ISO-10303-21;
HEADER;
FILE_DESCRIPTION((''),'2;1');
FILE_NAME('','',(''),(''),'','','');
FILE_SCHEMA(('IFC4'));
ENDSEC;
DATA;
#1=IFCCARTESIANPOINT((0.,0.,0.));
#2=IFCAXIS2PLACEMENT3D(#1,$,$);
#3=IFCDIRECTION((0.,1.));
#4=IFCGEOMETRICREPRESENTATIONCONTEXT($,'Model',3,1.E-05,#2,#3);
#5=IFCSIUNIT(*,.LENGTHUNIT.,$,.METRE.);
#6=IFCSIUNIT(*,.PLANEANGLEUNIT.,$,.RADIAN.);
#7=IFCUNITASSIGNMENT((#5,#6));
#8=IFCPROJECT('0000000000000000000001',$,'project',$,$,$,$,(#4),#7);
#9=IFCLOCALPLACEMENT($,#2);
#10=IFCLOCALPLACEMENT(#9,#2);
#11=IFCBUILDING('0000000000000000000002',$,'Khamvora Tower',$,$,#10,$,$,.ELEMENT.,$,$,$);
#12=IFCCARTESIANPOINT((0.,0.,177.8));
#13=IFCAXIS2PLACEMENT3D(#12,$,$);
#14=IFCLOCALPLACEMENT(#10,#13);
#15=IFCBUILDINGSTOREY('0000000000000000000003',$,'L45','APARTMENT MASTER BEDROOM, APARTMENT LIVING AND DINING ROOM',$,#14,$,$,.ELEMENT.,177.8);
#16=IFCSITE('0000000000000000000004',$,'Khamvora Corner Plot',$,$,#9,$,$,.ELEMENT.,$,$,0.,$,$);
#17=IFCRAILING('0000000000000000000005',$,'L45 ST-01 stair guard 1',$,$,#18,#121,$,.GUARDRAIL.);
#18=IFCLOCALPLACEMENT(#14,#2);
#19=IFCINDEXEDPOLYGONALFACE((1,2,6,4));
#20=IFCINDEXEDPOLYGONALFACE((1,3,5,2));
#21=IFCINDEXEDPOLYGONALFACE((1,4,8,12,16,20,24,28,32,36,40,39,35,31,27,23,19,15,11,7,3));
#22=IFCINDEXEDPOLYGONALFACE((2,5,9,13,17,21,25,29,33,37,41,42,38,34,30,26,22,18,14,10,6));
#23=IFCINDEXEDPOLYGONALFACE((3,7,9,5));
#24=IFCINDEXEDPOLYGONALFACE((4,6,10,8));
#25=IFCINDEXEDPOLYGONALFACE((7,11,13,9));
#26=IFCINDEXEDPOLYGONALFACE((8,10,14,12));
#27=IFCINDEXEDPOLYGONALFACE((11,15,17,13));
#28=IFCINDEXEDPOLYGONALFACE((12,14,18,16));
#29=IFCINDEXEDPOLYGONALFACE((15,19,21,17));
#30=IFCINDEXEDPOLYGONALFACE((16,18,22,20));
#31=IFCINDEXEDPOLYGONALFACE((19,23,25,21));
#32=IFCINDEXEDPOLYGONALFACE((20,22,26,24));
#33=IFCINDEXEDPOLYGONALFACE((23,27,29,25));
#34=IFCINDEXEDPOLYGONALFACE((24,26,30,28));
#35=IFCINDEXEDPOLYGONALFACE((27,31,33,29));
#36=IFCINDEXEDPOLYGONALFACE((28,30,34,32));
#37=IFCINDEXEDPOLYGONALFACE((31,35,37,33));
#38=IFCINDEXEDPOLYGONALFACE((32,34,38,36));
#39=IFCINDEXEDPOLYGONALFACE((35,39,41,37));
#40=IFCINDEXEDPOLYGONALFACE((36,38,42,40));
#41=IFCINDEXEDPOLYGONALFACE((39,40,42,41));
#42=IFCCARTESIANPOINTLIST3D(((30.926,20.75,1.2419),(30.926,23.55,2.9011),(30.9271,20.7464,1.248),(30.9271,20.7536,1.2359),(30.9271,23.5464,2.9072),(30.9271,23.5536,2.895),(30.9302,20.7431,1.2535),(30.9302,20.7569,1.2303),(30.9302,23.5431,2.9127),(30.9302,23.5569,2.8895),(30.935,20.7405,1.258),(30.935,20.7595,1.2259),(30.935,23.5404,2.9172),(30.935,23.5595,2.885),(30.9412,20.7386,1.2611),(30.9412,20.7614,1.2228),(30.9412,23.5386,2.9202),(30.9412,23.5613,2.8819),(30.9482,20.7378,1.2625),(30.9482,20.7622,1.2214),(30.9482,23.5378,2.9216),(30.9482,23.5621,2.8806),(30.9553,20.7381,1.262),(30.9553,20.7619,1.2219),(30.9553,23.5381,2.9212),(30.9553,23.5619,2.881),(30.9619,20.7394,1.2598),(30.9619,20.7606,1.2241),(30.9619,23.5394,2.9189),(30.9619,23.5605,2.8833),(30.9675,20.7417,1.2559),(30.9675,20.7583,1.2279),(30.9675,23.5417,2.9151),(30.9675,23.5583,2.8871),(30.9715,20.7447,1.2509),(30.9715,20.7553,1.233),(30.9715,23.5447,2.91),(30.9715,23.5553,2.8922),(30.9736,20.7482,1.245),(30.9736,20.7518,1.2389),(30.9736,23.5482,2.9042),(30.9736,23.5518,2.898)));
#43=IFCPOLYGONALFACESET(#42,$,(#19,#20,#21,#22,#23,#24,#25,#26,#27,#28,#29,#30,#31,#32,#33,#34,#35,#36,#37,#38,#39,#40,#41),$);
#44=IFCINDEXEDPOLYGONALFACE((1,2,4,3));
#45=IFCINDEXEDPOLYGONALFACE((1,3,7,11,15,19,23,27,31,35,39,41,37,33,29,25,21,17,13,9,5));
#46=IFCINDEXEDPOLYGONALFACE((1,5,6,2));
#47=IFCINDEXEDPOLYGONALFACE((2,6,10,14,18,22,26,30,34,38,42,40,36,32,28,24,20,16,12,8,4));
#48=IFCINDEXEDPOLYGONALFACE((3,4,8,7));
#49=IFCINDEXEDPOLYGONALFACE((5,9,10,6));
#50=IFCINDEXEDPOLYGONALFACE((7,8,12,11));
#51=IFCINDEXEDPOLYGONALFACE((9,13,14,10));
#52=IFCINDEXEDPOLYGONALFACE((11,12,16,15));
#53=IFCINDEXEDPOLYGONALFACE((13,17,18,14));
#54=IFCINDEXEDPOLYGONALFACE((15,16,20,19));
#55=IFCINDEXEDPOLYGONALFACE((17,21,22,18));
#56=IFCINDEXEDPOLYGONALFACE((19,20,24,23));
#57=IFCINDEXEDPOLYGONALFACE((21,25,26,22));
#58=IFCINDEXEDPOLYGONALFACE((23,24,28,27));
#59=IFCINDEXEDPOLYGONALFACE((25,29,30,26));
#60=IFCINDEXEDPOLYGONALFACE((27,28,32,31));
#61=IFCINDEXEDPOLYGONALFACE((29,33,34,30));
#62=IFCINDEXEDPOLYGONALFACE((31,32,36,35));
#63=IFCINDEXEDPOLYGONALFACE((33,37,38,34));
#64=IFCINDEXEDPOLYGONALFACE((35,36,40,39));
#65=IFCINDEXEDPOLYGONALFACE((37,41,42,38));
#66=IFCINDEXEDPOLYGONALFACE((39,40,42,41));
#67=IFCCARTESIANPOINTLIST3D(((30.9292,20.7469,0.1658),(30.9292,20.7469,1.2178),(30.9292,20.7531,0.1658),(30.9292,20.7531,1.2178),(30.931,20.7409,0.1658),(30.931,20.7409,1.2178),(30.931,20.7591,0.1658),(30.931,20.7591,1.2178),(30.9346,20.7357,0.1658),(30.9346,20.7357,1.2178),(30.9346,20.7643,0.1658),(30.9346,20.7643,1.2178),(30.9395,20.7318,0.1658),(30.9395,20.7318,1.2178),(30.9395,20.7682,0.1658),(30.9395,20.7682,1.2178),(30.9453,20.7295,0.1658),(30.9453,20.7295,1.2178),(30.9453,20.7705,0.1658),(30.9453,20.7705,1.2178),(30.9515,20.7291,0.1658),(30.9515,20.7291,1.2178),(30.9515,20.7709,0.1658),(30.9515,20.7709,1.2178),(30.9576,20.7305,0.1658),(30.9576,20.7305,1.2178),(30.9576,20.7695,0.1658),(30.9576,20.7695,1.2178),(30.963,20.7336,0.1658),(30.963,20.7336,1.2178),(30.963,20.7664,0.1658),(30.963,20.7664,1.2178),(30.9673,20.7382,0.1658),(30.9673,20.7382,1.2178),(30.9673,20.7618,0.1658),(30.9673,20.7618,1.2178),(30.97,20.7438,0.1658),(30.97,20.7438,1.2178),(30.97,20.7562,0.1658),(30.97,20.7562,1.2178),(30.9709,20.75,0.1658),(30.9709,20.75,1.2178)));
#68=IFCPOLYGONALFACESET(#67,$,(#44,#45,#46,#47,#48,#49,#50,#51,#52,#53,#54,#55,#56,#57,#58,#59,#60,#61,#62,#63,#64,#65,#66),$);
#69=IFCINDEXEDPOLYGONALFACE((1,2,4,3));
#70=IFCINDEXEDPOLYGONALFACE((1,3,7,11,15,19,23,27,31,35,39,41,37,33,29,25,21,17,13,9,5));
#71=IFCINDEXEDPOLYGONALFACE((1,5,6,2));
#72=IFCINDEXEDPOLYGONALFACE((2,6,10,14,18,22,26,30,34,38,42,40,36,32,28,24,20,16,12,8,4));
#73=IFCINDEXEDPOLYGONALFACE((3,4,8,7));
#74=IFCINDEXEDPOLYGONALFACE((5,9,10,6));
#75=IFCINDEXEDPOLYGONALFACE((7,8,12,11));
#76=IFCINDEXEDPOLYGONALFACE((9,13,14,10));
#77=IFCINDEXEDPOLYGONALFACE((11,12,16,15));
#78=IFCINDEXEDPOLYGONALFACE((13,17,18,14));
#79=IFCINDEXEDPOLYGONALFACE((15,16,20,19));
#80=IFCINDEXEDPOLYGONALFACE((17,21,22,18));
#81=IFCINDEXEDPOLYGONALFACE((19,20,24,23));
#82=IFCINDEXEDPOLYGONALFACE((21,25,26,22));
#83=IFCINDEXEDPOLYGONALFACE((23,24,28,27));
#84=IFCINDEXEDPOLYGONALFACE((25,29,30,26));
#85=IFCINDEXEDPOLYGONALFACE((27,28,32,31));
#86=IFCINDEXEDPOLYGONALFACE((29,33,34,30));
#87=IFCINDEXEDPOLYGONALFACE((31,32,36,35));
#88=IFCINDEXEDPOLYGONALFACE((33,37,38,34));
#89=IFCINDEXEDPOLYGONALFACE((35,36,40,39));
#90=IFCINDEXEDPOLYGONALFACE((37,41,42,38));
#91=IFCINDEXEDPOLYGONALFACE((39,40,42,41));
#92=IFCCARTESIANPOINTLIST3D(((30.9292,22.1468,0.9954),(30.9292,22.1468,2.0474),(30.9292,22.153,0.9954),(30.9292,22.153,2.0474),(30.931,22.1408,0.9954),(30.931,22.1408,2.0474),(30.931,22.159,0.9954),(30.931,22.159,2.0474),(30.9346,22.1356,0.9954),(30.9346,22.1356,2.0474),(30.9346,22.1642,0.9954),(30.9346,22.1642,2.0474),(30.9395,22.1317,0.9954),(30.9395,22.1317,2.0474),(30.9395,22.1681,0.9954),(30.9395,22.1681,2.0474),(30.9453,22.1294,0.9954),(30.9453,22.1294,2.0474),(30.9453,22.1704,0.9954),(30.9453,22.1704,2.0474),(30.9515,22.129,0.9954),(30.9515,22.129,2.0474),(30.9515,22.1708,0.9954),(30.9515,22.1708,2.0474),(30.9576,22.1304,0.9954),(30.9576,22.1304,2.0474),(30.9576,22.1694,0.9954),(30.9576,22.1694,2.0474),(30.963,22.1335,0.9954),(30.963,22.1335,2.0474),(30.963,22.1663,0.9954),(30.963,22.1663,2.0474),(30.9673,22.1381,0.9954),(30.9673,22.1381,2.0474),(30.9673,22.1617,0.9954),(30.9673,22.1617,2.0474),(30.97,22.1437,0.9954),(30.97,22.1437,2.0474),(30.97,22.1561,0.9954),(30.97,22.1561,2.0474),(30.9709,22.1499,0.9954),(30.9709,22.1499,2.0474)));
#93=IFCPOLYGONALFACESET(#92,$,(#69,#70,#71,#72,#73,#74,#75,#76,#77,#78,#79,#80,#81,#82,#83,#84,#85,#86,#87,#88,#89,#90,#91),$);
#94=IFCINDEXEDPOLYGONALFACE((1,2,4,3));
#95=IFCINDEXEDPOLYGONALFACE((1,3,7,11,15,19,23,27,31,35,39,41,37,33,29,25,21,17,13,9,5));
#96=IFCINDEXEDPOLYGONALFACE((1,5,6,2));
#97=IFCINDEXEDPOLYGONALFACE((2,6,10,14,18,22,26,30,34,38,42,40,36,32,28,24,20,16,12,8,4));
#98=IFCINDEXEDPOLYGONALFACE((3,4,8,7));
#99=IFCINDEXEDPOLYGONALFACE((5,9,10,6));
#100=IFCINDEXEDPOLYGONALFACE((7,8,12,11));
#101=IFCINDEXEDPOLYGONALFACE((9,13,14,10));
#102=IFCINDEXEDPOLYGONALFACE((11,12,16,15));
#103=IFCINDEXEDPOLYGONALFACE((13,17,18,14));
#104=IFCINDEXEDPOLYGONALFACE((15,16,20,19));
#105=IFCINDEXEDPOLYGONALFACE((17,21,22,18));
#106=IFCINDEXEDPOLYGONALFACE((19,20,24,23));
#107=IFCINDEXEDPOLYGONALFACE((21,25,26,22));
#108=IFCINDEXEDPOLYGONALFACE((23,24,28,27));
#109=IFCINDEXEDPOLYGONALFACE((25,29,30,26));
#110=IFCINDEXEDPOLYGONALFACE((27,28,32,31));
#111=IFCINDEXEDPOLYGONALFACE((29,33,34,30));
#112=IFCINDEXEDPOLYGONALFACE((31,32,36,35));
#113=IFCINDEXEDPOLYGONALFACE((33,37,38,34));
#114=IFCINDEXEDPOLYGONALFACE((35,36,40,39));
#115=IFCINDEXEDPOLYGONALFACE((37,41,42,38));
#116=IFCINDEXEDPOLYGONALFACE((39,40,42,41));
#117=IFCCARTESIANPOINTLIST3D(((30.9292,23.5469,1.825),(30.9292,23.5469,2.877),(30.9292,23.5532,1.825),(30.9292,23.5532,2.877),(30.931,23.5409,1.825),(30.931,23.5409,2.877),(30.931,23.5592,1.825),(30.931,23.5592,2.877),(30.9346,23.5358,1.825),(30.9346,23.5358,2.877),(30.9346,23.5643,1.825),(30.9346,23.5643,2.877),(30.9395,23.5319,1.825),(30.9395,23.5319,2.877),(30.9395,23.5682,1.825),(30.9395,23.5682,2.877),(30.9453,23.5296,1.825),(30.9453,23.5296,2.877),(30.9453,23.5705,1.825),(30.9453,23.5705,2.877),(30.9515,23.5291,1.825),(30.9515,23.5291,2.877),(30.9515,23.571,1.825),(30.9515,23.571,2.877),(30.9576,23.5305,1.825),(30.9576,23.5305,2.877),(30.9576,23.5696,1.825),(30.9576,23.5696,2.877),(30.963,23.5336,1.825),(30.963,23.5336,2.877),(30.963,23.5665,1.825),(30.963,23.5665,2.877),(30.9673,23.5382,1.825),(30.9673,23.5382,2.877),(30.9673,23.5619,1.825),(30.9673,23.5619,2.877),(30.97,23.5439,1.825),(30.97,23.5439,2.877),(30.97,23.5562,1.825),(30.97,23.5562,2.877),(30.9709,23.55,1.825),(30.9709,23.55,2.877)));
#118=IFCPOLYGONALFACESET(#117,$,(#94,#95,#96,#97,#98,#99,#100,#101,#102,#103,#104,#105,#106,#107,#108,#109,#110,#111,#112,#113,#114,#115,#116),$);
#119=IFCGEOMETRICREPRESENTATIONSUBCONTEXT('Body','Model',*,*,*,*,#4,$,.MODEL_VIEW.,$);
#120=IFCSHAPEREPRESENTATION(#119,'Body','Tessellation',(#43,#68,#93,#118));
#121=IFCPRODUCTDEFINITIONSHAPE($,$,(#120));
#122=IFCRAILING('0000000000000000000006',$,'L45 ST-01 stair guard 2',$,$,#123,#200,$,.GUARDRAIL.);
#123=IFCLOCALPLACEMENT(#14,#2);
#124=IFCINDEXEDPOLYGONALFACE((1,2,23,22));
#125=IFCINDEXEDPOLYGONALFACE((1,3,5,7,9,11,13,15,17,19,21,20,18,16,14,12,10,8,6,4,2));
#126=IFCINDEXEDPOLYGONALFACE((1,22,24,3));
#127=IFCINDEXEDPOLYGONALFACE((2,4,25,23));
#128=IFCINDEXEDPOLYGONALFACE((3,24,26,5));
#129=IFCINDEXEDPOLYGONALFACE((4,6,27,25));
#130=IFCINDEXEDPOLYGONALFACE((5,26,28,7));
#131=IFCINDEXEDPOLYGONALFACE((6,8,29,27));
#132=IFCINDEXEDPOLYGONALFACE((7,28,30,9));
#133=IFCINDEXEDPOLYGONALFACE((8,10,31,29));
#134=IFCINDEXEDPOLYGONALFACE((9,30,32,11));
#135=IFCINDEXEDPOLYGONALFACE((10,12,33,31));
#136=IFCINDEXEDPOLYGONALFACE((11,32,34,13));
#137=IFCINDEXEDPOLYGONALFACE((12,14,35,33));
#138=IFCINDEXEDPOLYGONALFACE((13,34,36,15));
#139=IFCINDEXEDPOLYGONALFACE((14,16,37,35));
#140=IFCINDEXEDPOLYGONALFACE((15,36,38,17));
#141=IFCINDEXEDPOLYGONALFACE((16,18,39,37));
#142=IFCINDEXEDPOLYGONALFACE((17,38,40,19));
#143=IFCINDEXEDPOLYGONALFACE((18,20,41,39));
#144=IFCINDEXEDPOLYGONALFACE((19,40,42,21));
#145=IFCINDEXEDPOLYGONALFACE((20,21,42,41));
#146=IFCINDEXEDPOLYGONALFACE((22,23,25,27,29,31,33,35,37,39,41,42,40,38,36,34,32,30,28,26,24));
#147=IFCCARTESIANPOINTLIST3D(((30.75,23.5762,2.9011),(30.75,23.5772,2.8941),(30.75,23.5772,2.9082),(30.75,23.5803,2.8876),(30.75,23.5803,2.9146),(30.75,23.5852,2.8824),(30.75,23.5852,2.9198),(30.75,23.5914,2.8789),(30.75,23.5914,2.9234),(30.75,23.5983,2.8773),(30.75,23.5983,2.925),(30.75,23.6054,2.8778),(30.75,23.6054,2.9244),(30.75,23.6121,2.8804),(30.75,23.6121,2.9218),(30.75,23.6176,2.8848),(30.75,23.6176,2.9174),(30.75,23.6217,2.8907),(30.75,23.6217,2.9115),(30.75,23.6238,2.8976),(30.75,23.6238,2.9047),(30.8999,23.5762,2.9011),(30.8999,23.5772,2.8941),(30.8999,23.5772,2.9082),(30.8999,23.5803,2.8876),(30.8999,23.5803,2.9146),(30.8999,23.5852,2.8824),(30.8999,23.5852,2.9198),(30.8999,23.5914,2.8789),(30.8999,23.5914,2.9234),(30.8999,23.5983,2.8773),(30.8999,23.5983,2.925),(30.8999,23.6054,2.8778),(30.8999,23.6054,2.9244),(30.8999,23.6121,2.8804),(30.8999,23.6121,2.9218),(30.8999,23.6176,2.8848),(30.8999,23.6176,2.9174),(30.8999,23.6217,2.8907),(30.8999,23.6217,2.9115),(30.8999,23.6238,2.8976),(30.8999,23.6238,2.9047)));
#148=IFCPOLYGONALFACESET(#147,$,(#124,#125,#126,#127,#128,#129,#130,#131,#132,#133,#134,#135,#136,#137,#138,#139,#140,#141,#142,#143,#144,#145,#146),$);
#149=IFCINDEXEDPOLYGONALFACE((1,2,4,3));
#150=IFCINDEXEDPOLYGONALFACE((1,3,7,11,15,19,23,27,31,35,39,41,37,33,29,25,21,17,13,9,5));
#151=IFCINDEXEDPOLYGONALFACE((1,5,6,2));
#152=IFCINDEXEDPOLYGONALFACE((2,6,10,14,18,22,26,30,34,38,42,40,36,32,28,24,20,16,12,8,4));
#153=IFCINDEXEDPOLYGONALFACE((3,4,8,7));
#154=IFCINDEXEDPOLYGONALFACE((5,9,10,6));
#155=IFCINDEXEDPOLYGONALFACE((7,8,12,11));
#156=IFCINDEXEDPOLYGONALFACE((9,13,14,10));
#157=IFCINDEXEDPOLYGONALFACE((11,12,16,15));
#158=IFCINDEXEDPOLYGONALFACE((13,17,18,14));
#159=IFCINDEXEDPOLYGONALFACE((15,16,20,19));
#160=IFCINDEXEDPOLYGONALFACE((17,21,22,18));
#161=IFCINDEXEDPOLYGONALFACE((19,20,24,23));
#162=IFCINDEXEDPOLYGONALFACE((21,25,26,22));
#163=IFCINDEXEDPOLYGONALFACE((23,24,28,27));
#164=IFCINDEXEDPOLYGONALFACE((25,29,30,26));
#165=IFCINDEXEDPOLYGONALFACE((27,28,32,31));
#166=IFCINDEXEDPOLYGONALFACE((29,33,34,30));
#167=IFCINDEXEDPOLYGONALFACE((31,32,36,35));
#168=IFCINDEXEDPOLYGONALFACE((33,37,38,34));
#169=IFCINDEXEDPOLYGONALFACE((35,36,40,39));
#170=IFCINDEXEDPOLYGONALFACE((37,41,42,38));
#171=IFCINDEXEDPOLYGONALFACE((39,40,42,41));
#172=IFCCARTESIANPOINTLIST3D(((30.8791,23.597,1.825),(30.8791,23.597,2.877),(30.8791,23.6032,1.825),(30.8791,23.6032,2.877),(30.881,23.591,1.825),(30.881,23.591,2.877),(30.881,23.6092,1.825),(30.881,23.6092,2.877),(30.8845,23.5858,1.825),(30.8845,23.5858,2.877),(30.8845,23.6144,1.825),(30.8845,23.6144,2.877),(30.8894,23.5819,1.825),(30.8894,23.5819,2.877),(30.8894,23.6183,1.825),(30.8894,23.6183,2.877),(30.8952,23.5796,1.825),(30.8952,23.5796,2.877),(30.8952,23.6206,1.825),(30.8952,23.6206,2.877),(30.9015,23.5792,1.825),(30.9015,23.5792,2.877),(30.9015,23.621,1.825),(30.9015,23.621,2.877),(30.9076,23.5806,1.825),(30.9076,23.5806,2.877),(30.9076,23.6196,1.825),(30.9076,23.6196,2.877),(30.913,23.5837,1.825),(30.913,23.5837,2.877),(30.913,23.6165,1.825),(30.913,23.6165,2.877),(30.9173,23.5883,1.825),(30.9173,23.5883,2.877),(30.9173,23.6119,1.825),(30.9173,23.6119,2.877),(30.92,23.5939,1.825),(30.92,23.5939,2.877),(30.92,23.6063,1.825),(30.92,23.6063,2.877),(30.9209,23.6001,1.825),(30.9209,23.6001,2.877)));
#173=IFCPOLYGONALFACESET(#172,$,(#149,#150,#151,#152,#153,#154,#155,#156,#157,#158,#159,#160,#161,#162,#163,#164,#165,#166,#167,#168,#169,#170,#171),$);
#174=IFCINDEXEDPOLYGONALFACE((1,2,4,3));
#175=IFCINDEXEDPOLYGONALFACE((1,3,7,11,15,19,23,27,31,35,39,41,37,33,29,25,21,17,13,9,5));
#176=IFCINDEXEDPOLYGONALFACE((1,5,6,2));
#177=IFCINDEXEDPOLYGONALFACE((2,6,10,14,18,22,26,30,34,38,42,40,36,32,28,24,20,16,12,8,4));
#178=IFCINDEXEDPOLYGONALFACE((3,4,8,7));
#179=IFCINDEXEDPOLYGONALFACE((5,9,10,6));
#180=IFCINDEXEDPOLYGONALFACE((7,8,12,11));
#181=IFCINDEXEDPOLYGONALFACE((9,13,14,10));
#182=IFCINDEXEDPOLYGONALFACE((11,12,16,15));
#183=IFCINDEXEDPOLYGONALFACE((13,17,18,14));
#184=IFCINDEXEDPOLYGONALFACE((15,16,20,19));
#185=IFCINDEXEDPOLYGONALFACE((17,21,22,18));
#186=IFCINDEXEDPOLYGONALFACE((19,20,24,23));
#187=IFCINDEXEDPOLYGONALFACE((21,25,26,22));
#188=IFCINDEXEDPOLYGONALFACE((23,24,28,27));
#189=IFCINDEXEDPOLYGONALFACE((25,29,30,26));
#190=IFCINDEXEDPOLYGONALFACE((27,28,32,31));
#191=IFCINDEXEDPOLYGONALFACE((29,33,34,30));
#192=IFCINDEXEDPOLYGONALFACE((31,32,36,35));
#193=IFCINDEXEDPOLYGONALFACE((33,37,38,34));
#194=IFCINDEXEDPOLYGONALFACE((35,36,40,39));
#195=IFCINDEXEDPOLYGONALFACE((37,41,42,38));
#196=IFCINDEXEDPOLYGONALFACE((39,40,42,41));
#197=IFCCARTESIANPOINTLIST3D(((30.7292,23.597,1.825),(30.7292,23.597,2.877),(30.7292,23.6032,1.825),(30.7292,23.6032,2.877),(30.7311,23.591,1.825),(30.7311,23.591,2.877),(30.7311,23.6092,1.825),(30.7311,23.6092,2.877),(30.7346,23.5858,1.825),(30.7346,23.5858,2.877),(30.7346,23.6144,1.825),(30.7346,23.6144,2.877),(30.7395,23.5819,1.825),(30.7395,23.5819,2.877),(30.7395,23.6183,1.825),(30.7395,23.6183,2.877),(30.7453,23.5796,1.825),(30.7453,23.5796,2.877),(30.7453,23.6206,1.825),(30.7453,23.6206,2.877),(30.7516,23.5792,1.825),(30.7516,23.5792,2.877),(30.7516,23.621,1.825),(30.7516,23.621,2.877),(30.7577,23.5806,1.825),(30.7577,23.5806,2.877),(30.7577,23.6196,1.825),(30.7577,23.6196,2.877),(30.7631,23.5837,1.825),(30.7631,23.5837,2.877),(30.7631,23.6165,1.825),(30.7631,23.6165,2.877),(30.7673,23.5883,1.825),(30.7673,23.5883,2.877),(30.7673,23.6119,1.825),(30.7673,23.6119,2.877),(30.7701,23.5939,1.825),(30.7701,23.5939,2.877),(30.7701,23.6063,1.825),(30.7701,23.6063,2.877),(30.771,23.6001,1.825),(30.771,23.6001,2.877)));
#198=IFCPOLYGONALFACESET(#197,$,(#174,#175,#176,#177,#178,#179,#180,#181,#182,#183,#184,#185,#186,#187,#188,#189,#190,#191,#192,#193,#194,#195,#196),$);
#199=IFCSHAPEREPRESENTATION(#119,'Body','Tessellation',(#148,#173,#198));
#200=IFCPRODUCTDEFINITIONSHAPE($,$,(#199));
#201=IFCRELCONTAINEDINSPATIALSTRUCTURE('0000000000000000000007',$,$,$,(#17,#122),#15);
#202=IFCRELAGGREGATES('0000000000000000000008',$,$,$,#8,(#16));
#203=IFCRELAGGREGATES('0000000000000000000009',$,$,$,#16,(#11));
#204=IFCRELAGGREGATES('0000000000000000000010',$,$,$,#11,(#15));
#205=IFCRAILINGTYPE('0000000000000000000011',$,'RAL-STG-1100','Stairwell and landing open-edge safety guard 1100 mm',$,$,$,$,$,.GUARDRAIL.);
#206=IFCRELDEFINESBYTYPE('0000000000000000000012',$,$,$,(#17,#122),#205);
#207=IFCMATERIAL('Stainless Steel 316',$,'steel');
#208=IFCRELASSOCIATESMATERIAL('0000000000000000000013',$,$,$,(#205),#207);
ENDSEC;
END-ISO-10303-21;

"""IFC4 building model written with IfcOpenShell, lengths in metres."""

from ifc_helpers import new_model, si_unit, direction, frame, origin, origin_2d, place, context, subcontext, project, spatial, circle, extrude, material, type_object, element, save


model = new_model("IFC4")

# Units and contexts
model_context = context("Model", 3, precision=1e-05, world=origin(), true_north=direction((0.0, 1.0)))
body_context = subcontext(model_context, "Body", "Model", "MODEL_VIEW")
ifc_project = project(units=[si_unit("LENGTHUNIT", "METRE"), si_unit("PLANEANGLEUNIT", "RADIAN")], contexts=[model_context])

# Site, building, storey
site_placement = place(None, origin())
site = spatial("IfcSite", under=ifc_project, at=site_placement, Name="Khamvora Corner Plot", CompositionType="ELEMENT", RefElevation=0.0)
building_placement = place(site_placement, origin())
building = spatial("IfcBuilding", under=site, at=building_placement, Name="Khamvora Tower", CompositionType="ELEMENT")
storey_placement = place(building_placement, frame((0.0, 0.0, 177.8)))
storey = spatial("IfcBuildingStorey", under=building, at=storey_placement, Name="L45", Description="APARTMENT MASTER BEDROOM, APARTMENT LIVING AND DINING ROOM", CompositionType="ELEMENT", Elevation=177.8)

# Railings
ifc_material_1 = material(Name="Stainless Steel 316", Category="steel")
railing_type_1 = type_object("IfcRailingType", Name="RAL-STG-1100", Description="Stairwell and landing open-edge safety guard 1100 mm", PredefinedType="GUARDRAIL", material=ifc_material_1)
railing_1_placement = place(storey_placement, frame((30.95, 20.75, 0.1658)))
element("IfcRailing", 1, at=railing_1_placement, inside=storey, type_object=railing_type_1, Name="L45 ST-01 stair guard 1", PredefinedType="GUARDRAIL", context=body_context, shape_type="SweptSolid", body=[
    extrude(circle(Radius=0.0239, at=origin_2d()), frame((0.0, 0.0, 1.0762), z_axis=(0.0, 0.860306, 0.509778), x_axis=(-1.0, 0.0, 0.0)), (0.0, 0.0, 1.0), 3.2546),
    extrude(circle(Radius=0.021, at=origin_2d()), origin(), (0.0, 0.0, 1.0), 1.052),
    extrude(circle(Radius=0.021, at=origin_2d()), frame((0.0, 1.3999, 0.8296)), (0.0, 0.0, 1.0), 1.052),
    extrude(circle(Radius=0.021, at=origin_2d()), frame((0.0, 2.8, 1.6592)), (0.0, 0.0, 1.0), 1.052),
])
railing_2_placement = place(storey_placement, frame((30.8999, 23.6001, 1.825)))
element("IfcRailing", 2, at=railing_2_placement, inside=storey, type_object=railing_type_1, Name="L45 ST-01 stair guard 2", PredefinedType="GUARDRAIL", context=body_context, shape_type="SweptSolid", body=[
    extrude(circle(Radius=0.0239, at=origin_2d()), frame((0.0, 0.0, 1.0762), z_axis=(-1.0, 0.0, 0.0), x_axis=(0.0, -1.0, 0.0)), (0.0, 0.0, 1.0), 0.1499),
    extrude(circle(Radius=0.021, at=origin_2d()), origin(), (0.0, 0.0, 1.0), 1.052),
    extrude(circle(Radius=0.021, at=origin_2d()), frame((-0.1499, 0.0, 0.0)), (0.0, 0.0, 1.0), 1.052),
])

save(model, "model.ifc")
